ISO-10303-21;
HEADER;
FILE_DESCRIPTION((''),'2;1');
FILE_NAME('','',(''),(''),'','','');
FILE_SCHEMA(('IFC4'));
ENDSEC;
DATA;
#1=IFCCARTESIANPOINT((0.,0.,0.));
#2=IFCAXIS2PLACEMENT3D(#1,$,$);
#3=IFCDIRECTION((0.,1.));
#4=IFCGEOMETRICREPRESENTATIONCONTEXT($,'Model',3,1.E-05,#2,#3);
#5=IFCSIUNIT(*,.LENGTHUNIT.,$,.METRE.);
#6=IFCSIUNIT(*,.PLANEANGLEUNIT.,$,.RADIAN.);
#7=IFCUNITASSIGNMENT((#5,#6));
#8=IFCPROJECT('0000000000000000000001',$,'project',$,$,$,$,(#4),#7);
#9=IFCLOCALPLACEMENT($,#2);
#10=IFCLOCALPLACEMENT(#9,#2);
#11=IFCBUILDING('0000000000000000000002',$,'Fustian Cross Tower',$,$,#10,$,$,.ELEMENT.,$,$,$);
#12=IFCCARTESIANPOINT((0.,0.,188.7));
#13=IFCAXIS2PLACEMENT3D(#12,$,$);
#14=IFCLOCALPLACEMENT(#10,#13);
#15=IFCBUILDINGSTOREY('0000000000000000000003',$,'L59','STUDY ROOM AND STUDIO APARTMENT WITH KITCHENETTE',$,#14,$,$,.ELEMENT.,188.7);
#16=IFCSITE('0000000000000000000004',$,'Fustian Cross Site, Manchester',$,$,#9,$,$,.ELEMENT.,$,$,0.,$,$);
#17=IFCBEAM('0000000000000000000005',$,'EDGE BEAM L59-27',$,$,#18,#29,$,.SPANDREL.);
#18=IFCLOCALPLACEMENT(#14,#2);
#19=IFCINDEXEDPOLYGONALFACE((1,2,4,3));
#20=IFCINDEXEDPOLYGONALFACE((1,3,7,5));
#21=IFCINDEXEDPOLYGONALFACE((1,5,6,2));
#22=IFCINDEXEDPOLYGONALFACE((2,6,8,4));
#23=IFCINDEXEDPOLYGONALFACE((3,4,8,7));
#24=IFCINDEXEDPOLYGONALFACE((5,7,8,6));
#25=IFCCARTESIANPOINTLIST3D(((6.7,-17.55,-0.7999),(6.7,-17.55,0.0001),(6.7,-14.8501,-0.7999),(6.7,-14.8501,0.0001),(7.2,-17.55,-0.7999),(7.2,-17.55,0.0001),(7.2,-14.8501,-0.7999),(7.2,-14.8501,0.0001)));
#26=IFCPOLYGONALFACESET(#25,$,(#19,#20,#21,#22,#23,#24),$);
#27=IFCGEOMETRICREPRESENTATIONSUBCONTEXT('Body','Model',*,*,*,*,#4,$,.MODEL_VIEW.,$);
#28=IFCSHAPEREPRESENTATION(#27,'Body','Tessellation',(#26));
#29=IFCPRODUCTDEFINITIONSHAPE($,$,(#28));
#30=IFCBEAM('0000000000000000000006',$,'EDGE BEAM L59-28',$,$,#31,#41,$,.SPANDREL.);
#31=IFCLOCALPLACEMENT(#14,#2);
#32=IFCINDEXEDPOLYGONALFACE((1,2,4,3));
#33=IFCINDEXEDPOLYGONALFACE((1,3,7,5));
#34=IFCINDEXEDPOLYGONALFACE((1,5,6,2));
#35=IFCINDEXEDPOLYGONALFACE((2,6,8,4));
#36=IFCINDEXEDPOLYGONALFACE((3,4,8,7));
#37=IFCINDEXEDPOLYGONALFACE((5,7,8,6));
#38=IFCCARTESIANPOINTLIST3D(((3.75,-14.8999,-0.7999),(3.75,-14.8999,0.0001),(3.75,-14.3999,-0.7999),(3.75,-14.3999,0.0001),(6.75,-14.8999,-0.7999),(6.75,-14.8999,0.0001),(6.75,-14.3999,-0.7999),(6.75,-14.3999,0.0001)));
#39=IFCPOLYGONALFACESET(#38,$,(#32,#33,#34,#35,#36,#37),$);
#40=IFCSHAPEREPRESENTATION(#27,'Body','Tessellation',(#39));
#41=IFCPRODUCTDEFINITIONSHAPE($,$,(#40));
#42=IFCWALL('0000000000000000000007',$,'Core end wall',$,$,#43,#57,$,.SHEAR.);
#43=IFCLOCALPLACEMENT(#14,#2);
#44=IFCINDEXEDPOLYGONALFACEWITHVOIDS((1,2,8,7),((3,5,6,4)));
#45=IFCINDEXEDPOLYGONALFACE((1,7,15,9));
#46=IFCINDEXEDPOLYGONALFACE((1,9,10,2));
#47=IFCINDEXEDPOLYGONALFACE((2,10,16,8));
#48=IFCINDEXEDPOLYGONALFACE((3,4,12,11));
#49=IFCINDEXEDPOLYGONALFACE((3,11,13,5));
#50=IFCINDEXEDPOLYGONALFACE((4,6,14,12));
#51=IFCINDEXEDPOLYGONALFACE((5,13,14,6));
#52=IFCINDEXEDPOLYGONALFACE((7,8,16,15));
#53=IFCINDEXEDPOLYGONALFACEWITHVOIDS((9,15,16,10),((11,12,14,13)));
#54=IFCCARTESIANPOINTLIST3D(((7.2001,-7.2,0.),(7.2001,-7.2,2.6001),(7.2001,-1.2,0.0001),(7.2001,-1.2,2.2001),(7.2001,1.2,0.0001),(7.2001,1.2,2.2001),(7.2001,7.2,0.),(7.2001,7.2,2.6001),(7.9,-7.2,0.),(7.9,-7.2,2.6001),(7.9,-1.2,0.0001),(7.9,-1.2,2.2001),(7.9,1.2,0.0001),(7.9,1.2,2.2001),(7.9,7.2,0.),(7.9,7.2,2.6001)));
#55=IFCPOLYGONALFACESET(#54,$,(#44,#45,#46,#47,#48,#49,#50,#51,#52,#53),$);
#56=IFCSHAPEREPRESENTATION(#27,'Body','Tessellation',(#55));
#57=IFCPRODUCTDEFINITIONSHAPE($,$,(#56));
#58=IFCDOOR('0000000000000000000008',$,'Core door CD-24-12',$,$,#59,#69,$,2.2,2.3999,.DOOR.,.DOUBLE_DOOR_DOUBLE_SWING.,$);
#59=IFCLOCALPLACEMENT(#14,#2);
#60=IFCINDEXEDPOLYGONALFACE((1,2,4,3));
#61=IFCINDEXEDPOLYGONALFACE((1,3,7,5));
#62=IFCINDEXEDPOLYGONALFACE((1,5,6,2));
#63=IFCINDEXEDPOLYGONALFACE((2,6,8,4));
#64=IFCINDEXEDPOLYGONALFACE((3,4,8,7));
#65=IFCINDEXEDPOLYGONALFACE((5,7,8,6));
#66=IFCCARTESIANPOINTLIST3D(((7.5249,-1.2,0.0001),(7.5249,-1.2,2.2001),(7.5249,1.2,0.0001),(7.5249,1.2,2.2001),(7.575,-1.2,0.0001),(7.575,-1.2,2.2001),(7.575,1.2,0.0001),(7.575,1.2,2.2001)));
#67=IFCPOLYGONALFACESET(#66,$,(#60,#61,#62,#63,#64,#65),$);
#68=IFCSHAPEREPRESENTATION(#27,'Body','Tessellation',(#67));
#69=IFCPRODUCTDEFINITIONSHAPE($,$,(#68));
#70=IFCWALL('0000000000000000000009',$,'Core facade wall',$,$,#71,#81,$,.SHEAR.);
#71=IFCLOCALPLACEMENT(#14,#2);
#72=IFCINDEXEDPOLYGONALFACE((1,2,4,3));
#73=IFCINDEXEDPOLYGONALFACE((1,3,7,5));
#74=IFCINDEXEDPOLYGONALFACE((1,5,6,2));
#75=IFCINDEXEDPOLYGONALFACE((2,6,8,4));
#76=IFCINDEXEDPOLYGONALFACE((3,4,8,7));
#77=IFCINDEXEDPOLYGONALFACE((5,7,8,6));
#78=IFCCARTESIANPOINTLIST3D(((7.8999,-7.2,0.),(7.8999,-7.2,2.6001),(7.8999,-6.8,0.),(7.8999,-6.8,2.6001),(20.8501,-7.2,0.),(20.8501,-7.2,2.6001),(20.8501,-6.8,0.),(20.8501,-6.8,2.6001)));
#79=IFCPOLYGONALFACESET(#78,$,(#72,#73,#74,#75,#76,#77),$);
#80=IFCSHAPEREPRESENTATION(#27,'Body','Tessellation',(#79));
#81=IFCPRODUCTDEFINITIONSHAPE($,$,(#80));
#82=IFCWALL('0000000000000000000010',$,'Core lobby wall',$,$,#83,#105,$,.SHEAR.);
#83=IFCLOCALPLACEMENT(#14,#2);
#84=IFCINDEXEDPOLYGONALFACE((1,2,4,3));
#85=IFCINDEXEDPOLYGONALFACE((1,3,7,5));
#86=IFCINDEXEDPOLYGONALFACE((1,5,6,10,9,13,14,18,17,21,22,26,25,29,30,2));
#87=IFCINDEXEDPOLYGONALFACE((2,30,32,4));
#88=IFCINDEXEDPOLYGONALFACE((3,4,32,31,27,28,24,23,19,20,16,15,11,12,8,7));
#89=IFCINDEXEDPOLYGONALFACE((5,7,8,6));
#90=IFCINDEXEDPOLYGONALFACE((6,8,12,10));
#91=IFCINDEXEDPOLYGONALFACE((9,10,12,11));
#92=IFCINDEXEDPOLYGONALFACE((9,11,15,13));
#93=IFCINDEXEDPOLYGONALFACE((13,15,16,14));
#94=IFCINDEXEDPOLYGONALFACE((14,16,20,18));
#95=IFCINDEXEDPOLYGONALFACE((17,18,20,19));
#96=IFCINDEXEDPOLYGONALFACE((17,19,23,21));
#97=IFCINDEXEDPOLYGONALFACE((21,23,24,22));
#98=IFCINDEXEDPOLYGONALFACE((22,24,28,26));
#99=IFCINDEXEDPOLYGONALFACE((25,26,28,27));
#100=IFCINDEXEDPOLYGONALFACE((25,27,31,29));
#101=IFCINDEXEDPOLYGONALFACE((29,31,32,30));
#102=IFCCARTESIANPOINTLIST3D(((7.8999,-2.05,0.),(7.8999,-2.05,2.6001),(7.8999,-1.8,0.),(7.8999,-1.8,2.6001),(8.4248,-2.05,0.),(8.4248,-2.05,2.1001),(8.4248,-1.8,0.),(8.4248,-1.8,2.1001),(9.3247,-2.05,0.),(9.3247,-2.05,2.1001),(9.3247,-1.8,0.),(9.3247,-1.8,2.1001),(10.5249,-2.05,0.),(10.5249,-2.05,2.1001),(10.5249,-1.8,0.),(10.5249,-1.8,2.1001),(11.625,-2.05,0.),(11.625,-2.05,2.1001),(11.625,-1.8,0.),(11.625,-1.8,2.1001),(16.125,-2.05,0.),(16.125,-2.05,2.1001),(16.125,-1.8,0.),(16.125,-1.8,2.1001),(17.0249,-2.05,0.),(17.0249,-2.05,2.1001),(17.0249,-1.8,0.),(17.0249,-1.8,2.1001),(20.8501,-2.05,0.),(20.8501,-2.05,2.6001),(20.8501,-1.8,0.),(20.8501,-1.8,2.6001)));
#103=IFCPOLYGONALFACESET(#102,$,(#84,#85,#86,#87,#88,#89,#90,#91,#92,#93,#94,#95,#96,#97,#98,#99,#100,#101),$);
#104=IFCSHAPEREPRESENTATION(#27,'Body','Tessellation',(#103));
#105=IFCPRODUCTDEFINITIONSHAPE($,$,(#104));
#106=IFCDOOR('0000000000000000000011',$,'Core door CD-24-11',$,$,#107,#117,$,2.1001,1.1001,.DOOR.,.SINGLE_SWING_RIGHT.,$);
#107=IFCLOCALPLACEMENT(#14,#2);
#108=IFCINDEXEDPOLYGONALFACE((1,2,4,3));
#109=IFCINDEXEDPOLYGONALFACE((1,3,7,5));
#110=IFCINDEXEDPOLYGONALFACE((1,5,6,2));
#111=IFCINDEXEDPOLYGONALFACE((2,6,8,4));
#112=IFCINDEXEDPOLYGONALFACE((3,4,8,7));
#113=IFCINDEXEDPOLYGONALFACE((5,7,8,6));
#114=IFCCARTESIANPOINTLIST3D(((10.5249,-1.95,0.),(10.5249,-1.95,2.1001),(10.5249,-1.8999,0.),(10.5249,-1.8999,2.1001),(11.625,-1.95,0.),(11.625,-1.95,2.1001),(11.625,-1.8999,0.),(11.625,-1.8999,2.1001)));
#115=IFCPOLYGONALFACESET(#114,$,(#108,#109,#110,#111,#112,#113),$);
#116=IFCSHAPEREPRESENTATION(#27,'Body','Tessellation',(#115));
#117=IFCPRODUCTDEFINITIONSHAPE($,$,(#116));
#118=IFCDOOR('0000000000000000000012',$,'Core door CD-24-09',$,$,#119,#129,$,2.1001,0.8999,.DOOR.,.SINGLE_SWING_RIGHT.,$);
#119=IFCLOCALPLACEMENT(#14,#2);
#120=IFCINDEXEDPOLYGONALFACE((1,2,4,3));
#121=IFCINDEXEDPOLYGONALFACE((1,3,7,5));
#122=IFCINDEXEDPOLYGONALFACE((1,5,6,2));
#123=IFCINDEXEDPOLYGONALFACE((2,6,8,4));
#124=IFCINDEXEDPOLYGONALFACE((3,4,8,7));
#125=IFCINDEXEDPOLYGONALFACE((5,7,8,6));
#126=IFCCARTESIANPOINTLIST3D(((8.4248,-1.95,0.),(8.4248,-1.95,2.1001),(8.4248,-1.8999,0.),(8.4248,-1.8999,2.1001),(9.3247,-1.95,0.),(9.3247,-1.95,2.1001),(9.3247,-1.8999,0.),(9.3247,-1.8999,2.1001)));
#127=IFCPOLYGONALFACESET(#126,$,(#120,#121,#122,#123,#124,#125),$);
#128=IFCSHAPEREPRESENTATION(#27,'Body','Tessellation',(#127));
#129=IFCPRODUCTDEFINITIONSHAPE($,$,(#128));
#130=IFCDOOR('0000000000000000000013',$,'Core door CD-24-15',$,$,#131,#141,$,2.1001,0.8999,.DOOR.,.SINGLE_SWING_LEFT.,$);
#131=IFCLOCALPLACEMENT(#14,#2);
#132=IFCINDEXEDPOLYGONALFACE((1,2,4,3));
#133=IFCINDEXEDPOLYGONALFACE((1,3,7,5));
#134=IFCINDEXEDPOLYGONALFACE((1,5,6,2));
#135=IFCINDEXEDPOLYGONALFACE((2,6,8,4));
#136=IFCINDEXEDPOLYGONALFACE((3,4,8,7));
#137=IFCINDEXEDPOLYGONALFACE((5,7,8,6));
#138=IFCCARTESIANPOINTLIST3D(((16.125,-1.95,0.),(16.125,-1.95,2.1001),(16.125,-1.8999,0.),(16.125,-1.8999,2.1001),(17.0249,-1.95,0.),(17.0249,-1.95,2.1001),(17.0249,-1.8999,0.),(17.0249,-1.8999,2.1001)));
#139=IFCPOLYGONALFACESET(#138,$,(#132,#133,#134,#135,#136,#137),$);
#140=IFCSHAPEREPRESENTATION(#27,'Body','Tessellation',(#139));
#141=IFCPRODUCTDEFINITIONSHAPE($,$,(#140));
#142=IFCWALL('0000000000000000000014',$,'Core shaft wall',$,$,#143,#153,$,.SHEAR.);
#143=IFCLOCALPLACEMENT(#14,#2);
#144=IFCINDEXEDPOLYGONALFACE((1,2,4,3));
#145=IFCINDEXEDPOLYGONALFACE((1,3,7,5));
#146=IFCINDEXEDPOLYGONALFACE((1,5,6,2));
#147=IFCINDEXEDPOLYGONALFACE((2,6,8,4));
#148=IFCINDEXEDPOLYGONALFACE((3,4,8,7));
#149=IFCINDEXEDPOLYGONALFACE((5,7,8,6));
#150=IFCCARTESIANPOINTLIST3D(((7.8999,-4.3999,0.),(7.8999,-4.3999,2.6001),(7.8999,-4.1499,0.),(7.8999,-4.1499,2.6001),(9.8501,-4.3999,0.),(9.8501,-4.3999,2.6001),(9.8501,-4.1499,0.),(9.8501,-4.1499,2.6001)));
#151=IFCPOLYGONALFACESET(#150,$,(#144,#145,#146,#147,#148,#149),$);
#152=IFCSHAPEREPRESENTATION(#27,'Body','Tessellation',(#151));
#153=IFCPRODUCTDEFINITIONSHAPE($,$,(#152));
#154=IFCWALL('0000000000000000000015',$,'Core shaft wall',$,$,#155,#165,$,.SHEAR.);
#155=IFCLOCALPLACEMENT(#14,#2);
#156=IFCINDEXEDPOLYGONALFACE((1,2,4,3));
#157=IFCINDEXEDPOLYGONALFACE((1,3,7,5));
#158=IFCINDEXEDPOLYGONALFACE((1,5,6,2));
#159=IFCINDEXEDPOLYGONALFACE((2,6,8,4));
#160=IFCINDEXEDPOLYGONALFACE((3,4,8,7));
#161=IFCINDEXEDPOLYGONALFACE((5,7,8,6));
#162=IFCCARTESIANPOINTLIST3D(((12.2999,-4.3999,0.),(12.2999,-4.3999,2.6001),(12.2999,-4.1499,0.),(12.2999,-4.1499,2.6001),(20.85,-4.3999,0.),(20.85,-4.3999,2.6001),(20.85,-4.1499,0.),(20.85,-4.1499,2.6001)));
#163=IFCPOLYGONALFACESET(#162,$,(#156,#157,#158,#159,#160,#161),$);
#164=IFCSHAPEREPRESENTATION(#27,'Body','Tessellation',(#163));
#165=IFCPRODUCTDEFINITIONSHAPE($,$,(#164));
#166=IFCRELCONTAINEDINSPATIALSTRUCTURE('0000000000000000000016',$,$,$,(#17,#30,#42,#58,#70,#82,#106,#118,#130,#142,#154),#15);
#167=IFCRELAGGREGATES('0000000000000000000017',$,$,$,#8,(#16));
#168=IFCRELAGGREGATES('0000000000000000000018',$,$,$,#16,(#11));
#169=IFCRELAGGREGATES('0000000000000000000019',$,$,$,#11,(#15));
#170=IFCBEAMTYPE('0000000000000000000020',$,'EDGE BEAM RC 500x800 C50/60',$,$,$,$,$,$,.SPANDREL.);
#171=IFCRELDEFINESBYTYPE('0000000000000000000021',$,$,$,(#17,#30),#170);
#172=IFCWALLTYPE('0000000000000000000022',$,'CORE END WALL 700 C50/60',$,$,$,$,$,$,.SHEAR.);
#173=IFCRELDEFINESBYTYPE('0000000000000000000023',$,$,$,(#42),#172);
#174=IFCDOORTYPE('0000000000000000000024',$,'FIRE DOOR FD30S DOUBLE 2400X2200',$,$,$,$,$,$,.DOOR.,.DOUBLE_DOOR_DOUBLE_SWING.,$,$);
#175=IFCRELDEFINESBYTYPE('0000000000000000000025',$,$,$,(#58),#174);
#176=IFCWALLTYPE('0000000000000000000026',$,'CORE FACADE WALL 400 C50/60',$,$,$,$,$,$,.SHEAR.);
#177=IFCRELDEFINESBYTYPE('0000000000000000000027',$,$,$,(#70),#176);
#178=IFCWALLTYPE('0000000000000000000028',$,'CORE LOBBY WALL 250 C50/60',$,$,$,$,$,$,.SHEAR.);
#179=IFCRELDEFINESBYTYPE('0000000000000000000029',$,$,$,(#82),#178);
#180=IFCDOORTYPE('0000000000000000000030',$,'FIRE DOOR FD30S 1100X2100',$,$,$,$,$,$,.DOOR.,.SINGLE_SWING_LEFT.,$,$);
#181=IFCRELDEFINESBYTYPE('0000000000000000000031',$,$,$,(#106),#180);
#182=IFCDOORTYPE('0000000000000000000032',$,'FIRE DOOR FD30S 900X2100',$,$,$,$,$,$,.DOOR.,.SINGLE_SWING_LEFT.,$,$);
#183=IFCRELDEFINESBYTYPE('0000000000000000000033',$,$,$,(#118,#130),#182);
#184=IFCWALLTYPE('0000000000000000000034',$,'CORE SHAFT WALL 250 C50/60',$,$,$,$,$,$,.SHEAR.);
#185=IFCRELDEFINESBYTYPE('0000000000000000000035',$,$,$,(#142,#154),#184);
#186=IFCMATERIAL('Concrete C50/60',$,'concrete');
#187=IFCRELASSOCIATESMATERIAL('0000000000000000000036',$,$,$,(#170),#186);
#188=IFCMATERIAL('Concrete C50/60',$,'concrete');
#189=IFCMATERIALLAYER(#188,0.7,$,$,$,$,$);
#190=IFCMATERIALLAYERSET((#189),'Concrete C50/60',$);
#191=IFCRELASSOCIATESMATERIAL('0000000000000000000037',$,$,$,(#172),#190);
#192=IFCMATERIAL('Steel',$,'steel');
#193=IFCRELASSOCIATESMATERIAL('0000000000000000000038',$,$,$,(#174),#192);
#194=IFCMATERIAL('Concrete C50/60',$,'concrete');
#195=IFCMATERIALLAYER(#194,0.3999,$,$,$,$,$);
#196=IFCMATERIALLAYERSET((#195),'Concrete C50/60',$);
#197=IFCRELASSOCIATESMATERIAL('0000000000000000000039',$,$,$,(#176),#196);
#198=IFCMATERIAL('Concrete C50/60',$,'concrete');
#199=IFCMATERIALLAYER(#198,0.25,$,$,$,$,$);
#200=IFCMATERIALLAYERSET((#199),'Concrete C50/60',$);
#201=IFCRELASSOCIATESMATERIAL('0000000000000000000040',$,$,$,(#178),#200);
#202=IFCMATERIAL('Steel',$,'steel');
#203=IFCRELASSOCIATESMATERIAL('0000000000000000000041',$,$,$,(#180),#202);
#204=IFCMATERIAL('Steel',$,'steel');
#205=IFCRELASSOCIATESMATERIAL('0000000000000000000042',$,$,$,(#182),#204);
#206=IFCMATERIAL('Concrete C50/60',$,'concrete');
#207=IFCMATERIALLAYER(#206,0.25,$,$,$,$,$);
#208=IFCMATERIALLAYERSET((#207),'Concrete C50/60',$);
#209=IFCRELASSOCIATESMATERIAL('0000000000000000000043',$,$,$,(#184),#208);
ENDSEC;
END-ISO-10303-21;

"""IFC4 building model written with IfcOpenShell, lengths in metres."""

from ifc_helpers import new_model, si_unit, direction, frame, frame_2d, origin, origin_2d, place, context, subcontext, project, spatial, rectangle, extrude, material, layer, layer_set, material_profile, profile_set, type_object, element, fill, save


model = new_model("IFC4")

# Units and contexts
model_context = context("Model", 3, precision=1e-05, world=origin(), true_north=direction((0.0, 1.0)))
body_context = subcontext(model_context, "Body", "Model", "MODEL_VIEW")
ifc_project = project(units=[si_unit("LENGTHUNIT", "METRE"), si_unit("PLANEANGLEUNIT", "RADIAN")], contexts=[model_context])

# Site, building, storey
site_placement = place(None, origin())
site = spatial("IfcSite", under=ifc_project, at=site_placement, Name="Fustian Cross Site, Manchester", CompositionType="ELEMENT", RefElevation=0.0)
building_placement = place(site_placement, origin())
building = spatial("IfcBuilding", under=site, at=building_placement, Name="Fustian Cross Tower", CompositionType="ELEMENT")
storey_placement = place(building_placement, frame((0.0, 0.0, 188.7)))
storey = spatial("IfcBuildingStorey", under=building, at=storey_placement, Name="L59", Description="STUDY ROOM AND STUDIO APARTMENT WITH KITCHENETTE", CompositionType="ELEMENT", Elevation=188.7)

# Beams
ifc_material_1 = material(Name="Concrete C50/60", Category="concrete")
ifc_material_profile_1 = material_profile(ifc_material_1, rectangle(XDim=0.5, YDim=0.8, at=origin_2d()), Name="RC 500x800")
ifc_profile_set_1 = profile_set([ifc_material_profile_1], Name="Concrete C50/60")
beam_type = type_object("IfcBeamType", Name="EDGE BEAM RC 500x800 C50/60", PredefinedType="SPANDREL", material=ifc_profile_set_1)
beam_1_placement = place(storey_placement, frame((6.95, -17.55, -0.3999), z_axis=(0.0, 1.0, 0.0), x_axis=(-1.0, 0.0, 0.0)))
element("IfcBeam", 1, at=beam_1_placement, inside=storey, type_object=beam_type, Name="EDGE BEAM L59-27", PredefinedType="SPANDREL", context=body_context, shape_type="SweptSolid", body=[
    extrude(rectangle(XDim=0.5, YDim=0.8, at=origin_2d()), origin(), (0.0, 0.0, 1.0), 2.7),
])
beam_2_placement = place(storey_placement, frame((6.75, -14.6499, -0.3999), z_axis=(-1.0, 0.0, 0.0), x_axis=(0.0, -1.0, 0.0)))
element("IfcBeam", 2, at=beam_2_placement, inside=storey, type_object=beam_type, Name="EDGE BEAM L59-28", PredefinedType="SPANDREL", context=body_context, shape_type="SweptSolid", body=[
    extrude(rectangle(XDim=0.5, YDim=0.8, at=origin_2d()), origin(), (0.0, 0.0, 1.0), 3.0),
])

# Wall, opening, door
ifc_material_2 = material(Name="Concrete C50/60", Category="concrete")
ifc_layer_1 = layer(ifc_material_2, 0.7)
ifc_layer_set_1 = layer_set([ifc_layer_1], Name="Concrete C50/60")
wall_type_1 = type_object("IfcWallType", Name="CORE END WALL 700 C50/60", PredefinedType="SHEAR", material=ifc_layer_set_1)
wall_1_placement = place(storey_placement, frame((7.55, -7.2, 0.0), z_axis=(0.0, 0.0, 1.0), x_axis=(0.0, 1.0, 0.0)))
wall_1 = element("IfcWall", 3, at=wall_1_placement, inside=storey, type_object=wall_type_1, Name="Core end wall", PredefinedType="SHEAR", context=body_context, shape_type="SweptSolid", body=[
    extrude(rectangle(XDim=14.3999, YDim=0.7, at=frame_2d((7.2, 0.0))), origin(), (0.0, 0.0, 1.0), 2.6001),
])
opening_1_placement = place(wall_1_placement, frame((6.0, 0.0, 0.0)))
opening_1 = element("IfcOpeningElement", 4, at=opening_1_placement, cuts=wall_1, PredefinedType="OPENING", context=body_context, shape_type="SweptSolid", body=[
    extrude(rectangle(XDim=2.3999, YDim=2.2, at=frame_2d((1.2, 1.1001))), frame((0.0, 0.3599, 0.0), z_axis=(0.0, -1.0, 0.0), x_axis=(1.0, 0.0, 0.0)), (0.0, 0.0, 1.0), 0.72),
])
ifc_material_3 = material(Name="Steel", Category="steel")
door_type_1 = type_object("IfcDoorType", Name="FIRE DOOR FD30S DOUBLE 2400X2200", OperationType="DOUBLE_DOOR_DOUBLE_SWING", PredefinedType="DOOR", material=ifc_material_3)
door_1_placement = place(opening_1_placement, frame((2.3999, 0.0, 0.0), z_axis=(0.0, 0.0, 1.0), x_axis=(-1.0, 0.0, 0.0)))
door_1 = element("IfcDoor", 5, at=door_1_placement, inside=storey, type_object=door_type_1, Name="Core door CD-24-12", OperationType="DOUBLE_DOOR_DOUBLE_SWING", OverallHeight=2.2, OverallWidth=2.3999, PredefinedType="DOOR", context=body_context, shape_type="SweptSolid", body=[
    extrude(rectangle(XDim=2.3999, YDim=2.2, at=frame_2d((1.2, 1.1001))), frame((0.0, 0.0249, 0.0), z_axis=(0.0, -1.0, 0.0), x_axis=(1.0, 0.0, 0.0)), (0.0, 0.0, 1.0), 0.05),
])
fill(opening_1, door_1)

# Wall
ifc_material_4 = material(Name="Concrete C50/60", Category="concrete")
ifc_layer_2 = layer(ifc_material_4, 0.3999)
ifc_layer_set_2 = layer_set([ifc_layer_2], Name="Concrete C50/60")
wall_type_2 = type_object("IfcWallType", Name="CORE FACADE WALL 400 C50/60", PredefinedType="SHEAR", material=ifc_layer_set_2)
wall_2_placement = place(storey_placement, frame((7.8999, -7.0, 0.0), z_axis=(0.0, 0.0, 1.0), x_axis=(1.0, 0.0, 0.0)))
element("IfcWall", 6, at=wall_2_placement, inside=storey, type_object=wall_type_2, Name="Core facade wall", PredefinedType="SHEAR", context=body_context, shape_type="SweptSolid", body=[
    extrude(rectangle(XDim=12.9502, YDim=0.3999, at=frame_2d((6.4751, 0.0))), origin(), (0.0, 0.0, 1.0), 2.6001),
])

# Wall, openings, doors
ifc_material_5 = material(Name="Concrete C50/60", Category="concrete")
ifc_layer_3 = layer(ifc_material_5, 0.25)
ifc_layer_set_3 = layer_set([ifc_layer_3], Name="Concrete C50/60")
wall_type_3 = type_object("IfcWallType", Name="CORE LOBBY WALL 250 C50/60", PredefinedType="SHEAR", material=ifc_layer_set_3)
wall_3_placement = place(storey_placement, frame((7.8999, -1.925, 0.0), z_axis=(0.0, 0.0, 1.0), x_axis=(1.0, 0.0, 0.0)))
wall_3 = element("IfcWall", 7, at=wall_3_placement, inside=storey, type_object=wall_type_3, Name="Core lobby wall", PredefinedType="SHEAR", context=body_context, shape_type="SweptSolid", body=[
    extrude(rectangle(XDim=12.9502, YDim=0.25, at=frame_2d((6.4751, 0.0))), origin(), (0.0, 0.0, 1.0), 2.6001),
])
opening_2_placement = place(wall_3_placement, frame((0.5249, 0.0, 0.0)))
opening_2 = element("IfcOpeningElement", 8, at=opening_2_placement, cuts=wall_3, PredefinedType="OPENING", context=body_context, shape_type="SweptSolid", body=[
    extrude(rectangle(XDim=0.8999, YDim=2.1001, at=frame_2d((0.45, 1.05))), frame((0.0, 0.135, 0.0), z_axis=(0.0, -1.0, 0.0), x_axis=(1.0, 0.0, 0.0)), (0.0, 0.0, 1.0), 0.27),
])
opening_3_placement = place(wall_3_placement, frame((2.625, 0.0, 0.0)))
opening_3 = element("IfcOpeningElement", 9, at=opening_3_placement, cuts=wall_3, PredefinedType="OPENING", context=body_context, shape_type="SweptSolid", body=[
    extrude(rectangle(XDim=1.1001, YDim=2.1001, at=frame_2d((0.55, 1.05))), frame((0.0, 0.135, 0.0), z_axis=(0.0, -1.0, 0.0), x_axis=(1.0, 0.0, 0.0)), (0.0, 0.0, 1.0), 0.27),
])
opening_4_placement = place(wall_3_placement, frame((8.2251, 0.0, 0.0)))
opening_4 = element("IfcOpeningElement", 10, at=opening_4_placement, cuts=wall_3, PredefinedType="OPENING", context=body_context, shape_type="SweptSolid", body=[
    extrude(rectangle(XDim=0.8999, YDim=2.1001, at=frame_2d((0.45, 1.05))), frame((0.0, 0.135, 0.0), z_axis=(0.0, -1.0, 0.0), x_axis=(1.0, 0.0, 0.0)), (0.0, 0.0, 1.0), 0.27),
])
ifc_material_6 = material(Name="Steel", Category="steel")
door_type_2 = type_object("IfcDoorType", Name="FIRE DOOR FD30S 1100X2100", OperationType="SINGLE_SWING_LEFT", PredefinedType="DOOR", material=ifc_material_6)
door_2_placement = place(opening_3_placement, frame((1.1001, 0.0, 0.0), z_axis=(0.0, 0.0, 1.0), x_axis=(-1.0, 0.0, 0.0)))
door_2 = element("IfcDoor", 11, at=door_2_placement, inside=storey, type_object=door_type_2, Name="Core door CD-24-11", OperationType="SINGLE_SWING_RIGHT", OverallHeight=2.1001, OverallWidth=1.1001, PredefinedType="DOOR", context=body_context, shape_type="SweptSolid", body=[
    extrude(rectangle(XDim=1.1001, YDim=2.1001, at=frame_2d((0.55, 1.05))), frame((0.0, 0.0249, 0.0), z_axis=(0.0, -1.0, 0.0), x_axis=(1.0, 0.0, 0.0)), (0.0, 0.0, 1.0), 0.05),
])
fill(opening_3, door_2)
ifc_material_7 = material(Name="Steel", Category="steel")
door_type_3 = type_object("IfcDoorType", Name="FIRE DOOR FD30S 900X2100", OperationType="SINGLE_SWING_LEFT", PredefinedType="DOOR", material=ifc_material_7)
door_3_placement = place(opening_2_placement, frame((0.8999, 0.0, 0.0), z_axis=(0.0, 0.0, 1.0), x_axis=(-1.0, 0.0, 0.0)))
door_3 = element("IfcDoor", 12, at=door_3_placement, inside=storey, type_object=door_type_3, Name="Core door CD-24-09", OperationType="SINGLE_SWING_RIGHT", OverallHeight=2.1001, OverallWidth=0.8999, PredefinedType="DOOR", context=body_context, shape_type="SweptSolid", body=[
    extrude(rectangle(XDim=0.8999, YDim=2.1001, at=frame_2d((0.45, 1.05))), frame((0.0, 0.0249, 0.0), z_axis=(0.0, -1.0, 0.0), x_axis=(1.0, 0.0, 0.0)), (0.0, 0.0, 1.0), 0.05),
])
fill(opening_2, door_3)
door_4_placement = place(opening_4_placement, frame((0.8999, 0.0, 0.0), z_axis=(0.0, 0.0, 1.0), x_axis=(-1.0, 0.0, 0.0)))
door_4 = element("IfcDoor", 13, at=door_4_placement, inside=storey, type_object=door_type_3, Name="Core door CD-24-15", OperationType="SINGLE_SWING_LEFT", OverallHeight=2.1001, OverallWidth=0.8999, PredefinedType="DOOR", context=body_context, shape_type="SweptSolid", body=[
    extrude(rectangle(XDim=0.8999, YDim=2.1001, at=frame_2d((0.45, 1.05))), frame((0.0, 0.0249, 0.0), z_axis=(0.0, -1.0, 0.0), x_axis=(1.0, 0.0, 0.0)), (0.0, 0.0, 1.0), 0.05),
])
fill(opening_4, door_4)

# Walls
ifc_material_8 = material(Name="Concrete C50/60", Category="concrete")
ifc_layer_4 = layer(ifc_material_8, 0.25)
ifc_layer_set_4 = layer_set([ifc_layer_4], Name="Concrete C50/60")
wall_type_4 = type_object("IfcWallType", Name="CORE SHAFT WALL 250 C50/60", PredefinedType="SHEAR", material=ifc_layer_set_4)
wall_4_placement = place(storey_placement, frame((7.8999, -4.2749, 0.0), z_axis=(0.0, 0.0, 1.0), x_axis=(1.0, 0.0, 0.0)))
element("IfcWall", 14, at=wall_4_placement, inside=storey, type_object=wall_type_4, Name="Core shaft wall", PredefinedType="SHEAR", context=body_context, shape_type="SweptSolid", body=[
    extrude(rectangle(XDim=1.9502, YDim=0.25, at=frame_2d((0.9751, 0.0))), origin(), (0.0, 0.0, 1.0), 2.6001),
])
wall_5_placement = place(storey_placement, frame((12.3, -4.2749, 0.0), z_axis=(0.0, 0.0, 1.0), x_axis=(1.0, 0.0, 0.0)))
element("IfcWall", 15, at=wall_5_placement, inside=storey, type_object=wall_type_4, Name="Core shaft wall", PredefinedType="SHEAR", context=body_context, shape_type="SweptSolid", body=[
    extrude(rectangle(XDim=8.55, YDim=0.25, at=frame_2d((4.2749, 0.0))), origin(), (0.0, 0.0, 1.0), 2.6001),
])

save(model, "model.ifc")
